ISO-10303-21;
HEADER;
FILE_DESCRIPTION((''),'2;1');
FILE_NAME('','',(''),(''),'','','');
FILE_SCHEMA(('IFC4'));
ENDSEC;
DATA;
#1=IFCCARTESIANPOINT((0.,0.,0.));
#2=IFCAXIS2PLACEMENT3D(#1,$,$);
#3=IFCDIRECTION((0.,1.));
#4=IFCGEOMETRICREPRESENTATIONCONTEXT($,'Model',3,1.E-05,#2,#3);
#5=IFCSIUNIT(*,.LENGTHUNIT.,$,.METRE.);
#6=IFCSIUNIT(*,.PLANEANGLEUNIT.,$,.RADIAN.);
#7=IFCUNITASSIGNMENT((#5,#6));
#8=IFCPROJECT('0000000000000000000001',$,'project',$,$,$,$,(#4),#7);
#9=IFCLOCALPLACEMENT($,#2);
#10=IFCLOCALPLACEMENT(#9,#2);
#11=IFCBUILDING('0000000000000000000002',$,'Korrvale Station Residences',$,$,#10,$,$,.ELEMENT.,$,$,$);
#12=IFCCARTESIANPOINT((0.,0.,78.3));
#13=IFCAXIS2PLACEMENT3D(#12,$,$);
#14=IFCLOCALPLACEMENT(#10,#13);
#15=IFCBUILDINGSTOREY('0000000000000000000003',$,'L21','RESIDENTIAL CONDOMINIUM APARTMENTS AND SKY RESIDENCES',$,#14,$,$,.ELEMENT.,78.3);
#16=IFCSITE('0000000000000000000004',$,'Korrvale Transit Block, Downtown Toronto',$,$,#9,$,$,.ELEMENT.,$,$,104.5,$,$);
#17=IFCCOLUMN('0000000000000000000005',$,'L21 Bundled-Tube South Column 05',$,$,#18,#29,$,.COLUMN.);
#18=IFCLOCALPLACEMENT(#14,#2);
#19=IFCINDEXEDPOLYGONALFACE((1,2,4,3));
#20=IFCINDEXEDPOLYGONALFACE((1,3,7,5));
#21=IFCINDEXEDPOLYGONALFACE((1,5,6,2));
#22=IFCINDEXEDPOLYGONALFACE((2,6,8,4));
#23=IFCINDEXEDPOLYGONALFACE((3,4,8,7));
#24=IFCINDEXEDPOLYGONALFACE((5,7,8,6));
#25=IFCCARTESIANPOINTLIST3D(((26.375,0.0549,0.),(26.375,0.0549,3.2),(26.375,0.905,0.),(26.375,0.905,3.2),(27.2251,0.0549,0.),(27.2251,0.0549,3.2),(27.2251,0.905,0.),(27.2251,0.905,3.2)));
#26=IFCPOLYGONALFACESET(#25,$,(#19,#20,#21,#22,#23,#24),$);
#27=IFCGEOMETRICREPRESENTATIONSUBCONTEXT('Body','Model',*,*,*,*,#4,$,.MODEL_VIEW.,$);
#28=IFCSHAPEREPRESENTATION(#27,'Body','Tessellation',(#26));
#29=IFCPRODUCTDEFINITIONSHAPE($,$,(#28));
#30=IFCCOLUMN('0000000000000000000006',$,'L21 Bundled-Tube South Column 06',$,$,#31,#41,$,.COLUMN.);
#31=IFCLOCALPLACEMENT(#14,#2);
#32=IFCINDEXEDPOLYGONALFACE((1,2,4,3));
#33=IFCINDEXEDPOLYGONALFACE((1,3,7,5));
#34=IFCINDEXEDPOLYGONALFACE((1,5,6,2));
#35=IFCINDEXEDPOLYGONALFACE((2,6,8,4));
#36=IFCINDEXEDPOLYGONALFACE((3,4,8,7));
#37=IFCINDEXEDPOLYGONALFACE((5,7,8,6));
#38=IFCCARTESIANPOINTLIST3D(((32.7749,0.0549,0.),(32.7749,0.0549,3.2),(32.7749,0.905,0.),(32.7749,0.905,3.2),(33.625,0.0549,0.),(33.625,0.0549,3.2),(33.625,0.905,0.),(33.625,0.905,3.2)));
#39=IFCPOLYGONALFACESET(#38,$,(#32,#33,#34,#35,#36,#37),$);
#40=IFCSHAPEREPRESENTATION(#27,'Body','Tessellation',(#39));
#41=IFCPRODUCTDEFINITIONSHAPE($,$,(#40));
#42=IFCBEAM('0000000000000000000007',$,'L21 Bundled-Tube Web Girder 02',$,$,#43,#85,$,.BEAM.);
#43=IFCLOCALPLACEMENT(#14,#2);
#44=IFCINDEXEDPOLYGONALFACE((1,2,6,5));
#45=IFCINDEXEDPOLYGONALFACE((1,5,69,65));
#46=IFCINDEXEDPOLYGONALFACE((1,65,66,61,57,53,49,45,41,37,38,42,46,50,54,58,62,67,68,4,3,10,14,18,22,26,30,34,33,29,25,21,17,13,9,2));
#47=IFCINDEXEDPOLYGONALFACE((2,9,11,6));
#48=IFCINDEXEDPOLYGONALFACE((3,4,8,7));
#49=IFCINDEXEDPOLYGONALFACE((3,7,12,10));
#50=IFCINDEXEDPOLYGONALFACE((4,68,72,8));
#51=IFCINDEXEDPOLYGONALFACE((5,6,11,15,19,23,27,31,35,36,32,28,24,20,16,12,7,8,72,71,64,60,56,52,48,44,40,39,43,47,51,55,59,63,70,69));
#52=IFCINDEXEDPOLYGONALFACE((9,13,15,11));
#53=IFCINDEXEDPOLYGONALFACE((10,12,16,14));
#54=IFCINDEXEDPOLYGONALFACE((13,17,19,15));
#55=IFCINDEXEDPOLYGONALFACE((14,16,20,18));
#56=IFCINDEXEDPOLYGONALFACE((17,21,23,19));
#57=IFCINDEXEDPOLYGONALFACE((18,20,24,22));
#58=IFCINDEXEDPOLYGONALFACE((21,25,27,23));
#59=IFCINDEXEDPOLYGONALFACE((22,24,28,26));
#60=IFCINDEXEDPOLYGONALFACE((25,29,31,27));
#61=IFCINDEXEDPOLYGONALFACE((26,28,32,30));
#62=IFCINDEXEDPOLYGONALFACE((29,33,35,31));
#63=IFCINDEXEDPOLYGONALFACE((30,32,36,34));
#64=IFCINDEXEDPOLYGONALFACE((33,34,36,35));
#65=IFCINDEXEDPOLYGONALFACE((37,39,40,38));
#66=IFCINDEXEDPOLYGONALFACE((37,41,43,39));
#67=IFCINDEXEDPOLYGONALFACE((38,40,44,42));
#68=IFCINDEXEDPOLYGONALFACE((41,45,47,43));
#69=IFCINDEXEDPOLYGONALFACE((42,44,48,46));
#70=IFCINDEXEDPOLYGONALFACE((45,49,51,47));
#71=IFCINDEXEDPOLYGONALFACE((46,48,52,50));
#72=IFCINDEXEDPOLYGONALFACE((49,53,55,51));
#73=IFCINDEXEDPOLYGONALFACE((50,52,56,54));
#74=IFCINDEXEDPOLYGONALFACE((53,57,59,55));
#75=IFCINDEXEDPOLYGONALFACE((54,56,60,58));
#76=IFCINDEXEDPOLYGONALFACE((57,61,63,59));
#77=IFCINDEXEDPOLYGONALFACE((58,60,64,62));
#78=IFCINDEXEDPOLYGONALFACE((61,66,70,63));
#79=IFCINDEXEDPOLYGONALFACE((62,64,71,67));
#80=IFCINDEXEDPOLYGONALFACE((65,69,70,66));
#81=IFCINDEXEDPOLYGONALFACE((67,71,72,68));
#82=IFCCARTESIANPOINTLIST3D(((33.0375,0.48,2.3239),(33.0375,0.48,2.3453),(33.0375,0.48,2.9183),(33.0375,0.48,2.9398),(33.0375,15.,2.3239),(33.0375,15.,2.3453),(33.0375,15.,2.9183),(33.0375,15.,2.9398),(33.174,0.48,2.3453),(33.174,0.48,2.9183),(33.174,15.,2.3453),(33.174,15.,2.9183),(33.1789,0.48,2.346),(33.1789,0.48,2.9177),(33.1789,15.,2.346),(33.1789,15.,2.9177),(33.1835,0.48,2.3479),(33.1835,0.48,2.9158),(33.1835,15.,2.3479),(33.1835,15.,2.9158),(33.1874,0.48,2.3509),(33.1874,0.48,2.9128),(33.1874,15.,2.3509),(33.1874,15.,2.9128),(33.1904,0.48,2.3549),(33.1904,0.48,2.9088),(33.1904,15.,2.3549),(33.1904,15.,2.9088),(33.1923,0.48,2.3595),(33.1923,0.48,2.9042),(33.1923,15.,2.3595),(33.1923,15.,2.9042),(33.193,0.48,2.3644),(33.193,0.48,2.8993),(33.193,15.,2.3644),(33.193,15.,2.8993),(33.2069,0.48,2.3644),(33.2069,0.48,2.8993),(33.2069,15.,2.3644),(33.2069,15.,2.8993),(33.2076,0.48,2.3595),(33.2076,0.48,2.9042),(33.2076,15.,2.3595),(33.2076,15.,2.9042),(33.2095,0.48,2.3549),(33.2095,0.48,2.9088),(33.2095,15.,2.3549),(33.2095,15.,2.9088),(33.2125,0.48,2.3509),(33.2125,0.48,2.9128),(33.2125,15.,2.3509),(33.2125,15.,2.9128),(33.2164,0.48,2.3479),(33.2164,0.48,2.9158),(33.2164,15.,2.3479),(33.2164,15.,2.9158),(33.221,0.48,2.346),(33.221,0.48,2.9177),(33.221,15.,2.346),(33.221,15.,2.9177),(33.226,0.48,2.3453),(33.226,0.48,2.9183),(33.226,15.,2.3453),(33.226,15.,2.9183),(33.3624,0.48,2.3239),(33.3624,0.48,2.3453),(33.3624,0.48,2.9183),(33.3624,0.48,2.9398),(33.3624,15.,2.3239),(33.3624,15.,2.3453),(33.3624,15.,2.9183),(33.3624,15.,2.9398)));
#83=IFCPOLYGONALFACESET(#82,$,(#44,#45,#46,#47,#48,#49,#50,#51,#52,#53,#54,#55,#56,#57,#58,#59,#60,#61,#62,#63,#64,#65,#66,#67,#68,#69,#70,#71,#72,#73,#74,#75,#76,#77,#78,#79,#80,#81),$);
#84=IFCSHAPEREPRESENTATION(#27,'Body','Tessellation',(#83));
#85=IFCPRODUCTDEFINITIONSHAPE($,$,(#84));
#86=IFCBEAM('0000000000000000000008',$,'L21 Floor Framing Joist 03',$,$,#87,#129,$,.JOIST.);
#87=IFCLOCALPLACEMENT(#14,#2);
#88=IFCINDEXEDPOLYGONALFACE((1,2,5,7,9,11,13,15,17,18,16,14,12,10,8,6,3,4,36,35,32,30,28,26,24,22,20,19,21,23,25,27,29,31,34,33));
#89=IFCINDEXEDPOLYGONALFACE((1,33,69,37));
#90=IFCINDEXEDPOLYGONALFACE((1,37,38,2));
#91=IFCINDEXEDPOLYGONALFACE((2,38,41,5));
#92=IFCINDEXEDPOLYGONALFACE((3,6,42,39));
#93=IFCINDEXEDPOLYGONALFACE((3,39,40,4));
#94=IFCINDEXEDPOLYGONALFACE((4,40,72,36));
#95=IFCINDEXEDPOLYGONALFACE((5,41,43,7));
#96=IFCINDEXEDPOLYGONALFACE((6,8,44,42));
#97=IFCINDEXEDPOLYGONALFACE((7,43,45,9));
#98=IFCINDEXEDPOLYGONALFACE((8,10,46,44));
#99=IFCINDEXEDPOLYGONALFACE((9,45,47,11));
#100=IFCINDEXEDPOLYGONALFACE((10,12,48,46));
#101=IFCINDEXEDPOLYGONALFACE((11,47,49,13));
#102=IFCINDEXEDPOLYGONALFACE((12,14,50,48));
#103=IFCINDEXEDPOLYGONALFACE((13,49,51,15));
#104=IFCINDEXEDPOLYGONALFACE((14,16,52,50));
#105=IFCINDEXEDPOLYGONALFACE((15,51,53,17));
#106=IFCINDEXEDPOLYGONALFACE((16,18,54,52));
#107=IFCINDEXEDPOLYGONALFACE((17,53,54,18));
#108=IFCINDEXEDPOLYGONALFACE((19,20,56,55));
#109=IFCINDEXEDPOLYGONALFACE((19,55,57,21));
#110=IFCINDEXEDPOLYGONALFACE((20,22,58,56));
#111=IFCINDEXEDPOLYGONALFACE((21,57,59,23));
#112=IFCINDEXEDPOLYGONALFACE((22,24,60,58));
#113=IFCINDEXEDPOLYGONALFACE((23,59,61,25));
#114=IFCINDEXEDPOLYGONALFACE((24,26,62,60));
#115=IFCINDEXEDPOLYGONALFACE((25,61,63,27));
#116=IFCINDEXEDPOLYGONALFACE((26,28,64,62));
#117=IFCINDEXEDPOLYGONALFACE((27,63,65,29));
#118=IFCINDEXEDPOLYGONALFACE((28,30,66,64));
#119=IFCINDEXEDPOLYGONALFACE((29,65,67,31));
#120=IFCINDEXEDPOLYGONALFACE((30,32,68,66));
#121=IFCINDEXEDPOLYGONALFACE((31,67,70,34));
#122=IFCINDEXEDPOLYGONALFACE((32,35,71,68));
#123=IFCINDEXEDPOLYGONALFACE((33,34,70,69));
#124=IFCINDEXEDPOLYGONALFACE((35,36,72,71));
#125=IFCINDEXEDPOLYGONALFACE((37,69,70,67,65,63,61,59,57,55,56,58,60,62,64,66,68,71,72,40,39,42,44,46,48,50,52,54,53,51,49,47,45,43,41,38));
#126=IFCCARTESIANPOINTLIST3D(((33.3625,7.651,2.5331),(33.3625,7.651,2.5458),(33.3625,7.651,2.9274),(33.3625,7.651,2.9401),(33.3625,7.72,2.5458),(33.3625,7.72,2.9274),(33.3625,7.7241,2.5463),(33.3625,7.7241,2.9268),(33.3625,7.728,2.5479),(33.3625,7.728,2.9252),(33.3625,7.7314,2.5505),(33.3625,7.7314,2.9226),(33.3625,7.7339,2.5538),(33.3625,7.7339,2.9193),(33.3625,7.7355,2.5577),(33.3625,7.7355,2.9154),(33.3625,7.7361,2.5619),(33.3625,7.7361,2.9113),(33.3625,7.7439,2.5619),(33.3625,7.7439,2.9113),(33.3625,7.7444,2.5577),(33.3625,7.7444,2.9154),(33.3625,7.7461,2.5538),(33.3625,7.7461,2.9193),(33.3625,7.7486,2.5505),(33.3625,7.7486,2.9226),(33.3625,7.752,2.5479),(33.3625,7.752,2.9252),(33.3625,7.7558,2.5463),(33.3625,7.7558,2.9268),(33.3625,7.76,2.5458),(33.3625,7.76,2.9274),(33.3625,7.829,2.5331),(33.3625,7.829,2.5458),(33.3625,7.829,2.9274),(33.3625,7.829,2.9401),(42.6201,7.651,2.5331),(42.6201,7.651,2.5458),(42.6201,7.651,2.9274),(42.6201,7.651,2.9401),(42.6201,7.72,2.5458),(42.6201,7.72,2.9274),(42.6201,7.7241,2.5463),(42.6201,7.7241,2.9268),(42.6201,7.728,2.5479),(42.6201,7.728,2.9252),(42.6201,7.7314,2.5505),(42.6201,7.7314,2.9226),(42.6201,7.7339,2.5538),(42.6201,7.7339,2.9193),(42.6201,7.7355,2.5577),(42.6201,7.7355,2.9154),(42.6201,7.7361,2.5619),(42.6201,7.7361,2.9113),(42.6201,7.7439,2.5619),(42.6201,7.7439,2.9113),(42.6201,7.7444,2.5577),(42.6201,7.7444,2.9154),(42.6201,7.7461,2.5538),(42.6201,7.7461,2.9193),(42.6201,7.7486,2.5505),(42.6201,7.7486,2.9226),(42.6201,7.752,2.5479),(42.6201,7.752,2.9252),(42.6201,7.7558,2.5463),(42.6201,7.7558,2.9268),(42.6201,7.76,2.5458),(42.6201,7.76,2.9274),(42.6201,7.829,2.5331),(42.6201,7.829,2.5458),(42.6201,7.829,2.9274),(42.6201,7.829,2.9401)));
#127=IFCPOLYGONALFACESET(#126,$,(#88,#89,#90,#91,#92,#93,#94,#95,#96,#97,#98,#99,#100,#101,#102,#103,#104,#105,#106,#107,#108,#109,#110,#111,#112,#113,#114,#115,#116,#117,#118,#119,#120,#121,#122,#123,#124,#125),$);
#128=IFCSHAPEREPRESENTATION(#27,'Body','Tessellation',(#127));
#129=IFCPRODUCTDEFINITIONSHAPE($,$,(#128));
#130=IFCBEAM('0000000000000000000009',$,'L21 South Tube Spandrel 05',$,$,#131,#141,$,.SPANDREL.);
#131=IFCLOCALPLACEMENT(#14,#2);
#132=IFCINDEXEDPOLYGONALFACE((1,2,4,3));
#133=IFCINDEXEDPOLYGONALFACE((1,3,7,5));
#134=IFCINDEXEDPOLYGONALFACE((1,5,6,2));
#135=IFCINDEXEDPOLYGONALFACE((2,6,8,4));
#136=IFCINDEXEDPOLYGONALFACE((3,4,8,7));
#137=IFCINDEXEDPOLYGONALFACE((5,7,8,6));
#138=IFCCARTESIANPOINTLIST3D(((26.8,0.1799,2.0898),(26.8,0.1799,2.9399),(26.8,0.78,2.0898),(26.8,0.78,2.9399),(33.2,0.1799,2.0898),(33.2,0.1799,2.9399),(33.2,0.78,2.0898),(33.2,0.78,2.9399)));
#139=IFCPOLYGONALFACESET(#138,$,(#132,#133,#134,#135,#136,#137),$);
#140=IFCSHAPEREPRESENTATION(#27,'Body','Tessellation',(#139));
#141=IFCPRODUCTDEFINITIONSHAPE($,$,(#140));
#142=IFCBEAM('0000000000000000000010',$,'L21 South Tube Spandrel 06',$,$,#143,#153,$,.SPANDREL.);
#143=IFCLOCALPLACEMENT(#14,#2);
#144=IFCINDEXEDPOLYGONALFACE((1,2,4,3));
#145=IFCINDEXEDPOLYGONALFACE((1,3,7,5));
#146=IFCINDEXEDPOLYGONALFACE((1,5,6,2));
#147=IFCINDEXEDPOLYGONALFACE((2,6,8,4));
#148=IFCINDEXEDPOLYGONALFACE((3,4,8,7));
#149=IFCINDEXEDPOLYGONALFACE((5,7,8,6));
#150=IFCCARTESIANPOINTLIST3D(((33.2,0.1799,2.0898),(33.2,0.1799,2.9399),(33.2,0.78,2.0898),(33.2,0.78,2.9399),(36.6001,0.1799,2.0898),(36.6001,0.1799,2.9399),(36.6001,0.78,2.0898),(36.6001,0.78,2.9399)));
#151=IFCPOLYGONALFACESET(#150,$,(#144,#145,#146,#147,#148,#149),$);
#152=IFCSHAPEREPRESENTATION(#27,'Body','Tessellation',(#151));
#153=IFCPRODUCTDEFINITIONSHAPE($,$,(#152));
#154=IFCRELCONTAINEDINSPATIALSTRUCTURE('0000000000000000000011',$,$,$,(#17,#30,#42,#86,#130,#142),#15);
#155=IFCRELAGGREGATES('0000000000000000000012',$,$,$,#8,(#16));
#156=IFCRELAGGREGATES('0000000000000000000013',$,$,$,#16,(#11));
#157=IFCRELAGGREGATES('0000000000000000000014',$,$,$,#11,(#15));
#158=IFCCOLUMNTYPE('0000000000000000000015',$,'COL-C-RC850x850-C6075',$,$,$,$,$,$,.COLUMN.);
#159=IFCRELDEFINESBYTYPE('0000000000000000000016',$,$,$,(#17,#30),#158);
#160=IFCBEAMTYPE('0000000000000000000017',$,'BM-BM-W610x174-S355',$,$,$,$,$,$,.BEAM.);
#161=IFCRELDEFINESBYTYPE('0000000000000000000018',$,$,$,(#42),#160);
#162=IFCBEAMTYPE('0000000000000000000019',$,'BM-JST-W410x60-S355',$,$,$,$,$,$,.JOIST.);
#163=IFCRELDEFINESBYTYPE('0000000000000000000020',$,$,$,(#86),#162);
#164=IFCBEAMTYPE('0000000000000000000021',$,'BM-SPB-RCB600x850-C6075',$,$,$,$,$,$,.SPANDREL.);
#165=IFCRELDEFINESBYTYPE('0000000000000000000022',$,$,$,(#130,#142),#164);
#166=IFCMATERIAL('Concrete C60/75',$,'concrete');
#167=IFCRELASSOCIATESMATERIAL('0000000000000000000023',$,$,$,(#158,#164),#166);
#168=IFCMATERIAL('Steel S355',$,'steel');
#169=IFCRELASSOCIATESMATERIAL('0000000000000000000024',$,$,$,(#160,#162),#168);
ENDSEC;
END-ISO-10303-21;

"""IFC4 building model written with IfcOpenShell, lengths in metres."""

from ifc_helpers import new_model, si_unit, direction, frame, origin, origin_2d, place, context, subcontext, project, spatial, rectangle, i_section, extrude, material, material_profile, profile_set, type_object, element, save


model = new_model("IFC4")

# Units and contexts
model_context = context("Model", 3, precision=1e-05, world=origin(), true_north=direction((0.0, 1.0)))
body_context = subcontext(model_context, "Body", "Model", "MODEL_VIEW")
ifc_project = project(units=[si_unit("LENGTHUNIT", "METRE"), si_unit("PLANEANGLEUNIT", "RADIAN")], contexts=[model_context])

# Site, building, storey
site_placement = place(None, origin())
site = spatial("IfcSite", under=ifc_project, at=site_placement, Name="Korrvale Transit Block, Downtown Toronto", CompositionType="ELEMENT", RefElevation=104.5)
building_placement = place(site_placement, origin())
building = spatial("IfcBuilding", under=site, at=building_placement, Name="Korrvale Station Residences", CompositionType="ELEMENT")
storey_placement = place(building_placement, frame((0.0, 0.0, 78.3)))
storey = spatial("IfcBuildingStorey", under=building, at=storey_placement, Name="L21", Description="RESIDENTIAL CONDOMINIUM APARTMENTS AND SKY RESIDENCES", CompositionType="ELEMENT", Elevation=78.3)

# Columns
ifc_material_1 = material(Name="Concrete C60/75", Category="concrete")
ifc_material_profile_1 = material_profile(ifc_material_1, rectangle(XDim=0.8501, YDim=0.8501, at=origin_2d()), Name="RC850x850")
ifc_profile_set_1 = profile_set([ifc_material_profile_1], Name="Concrete C60/75")
column_type = type_object("IfcColumnType", Name="COL-C-RC850x850-C6075", PredefinedType="COLUMN", material=ifc_profile_set_1)
for number, where, z_axis, x_axis, name in (
    (1, (26.8, 0.48, 0.0), (0.0, 0.0, 1.0), (1.0, 0.0, 0.0), "L21 Bundled-Tube South Column 05"),
    (2, (33.2, 0.48, 0.0), (0.0, 0.0, 1.0), (1.0, 0.0, 0.0), "L21 Bundled-Tube South Column 06"),
):
    element("IfcColumn", number, at=place(storey_placement, frame(where, z_axis=z_axis, x_axis=x_axis)), inside=storey, type_object=column_type, Name=name, PredefinedType="COLUMN", context=body_context, shape_type="SweptSolid", body=[
        extrude(rectangle(XDim=0.8501, YDim=0.8501, at=origin_2d()), origin(), (0.0, 0.0, 1.0), 3.2),
    ])

# Beams
ifc_material_2 = material(Name="Steel S355", Category="steel")
ifc_material_profile_2 = material_profile(ifc_material_2, i_section(OverallWidth=0.325, OverallDepth=0.616, WebThickness=0.0139, FlangeThickness=0.0215, FilletRadius=0.019, at=origin_2d()), Name="W610x174")
ifc_profile_set_2 = profile_set([ifc_material_profile_2], Name="Steel S355")
beam_type_1 = type_object("IfcBeamType", Name="BM-BM-W610x174-S355", PredefinedType="BEAM", material=ifc_profile_set_2)
beam_1_placement = place(storey_placement, frame((33.2, 0.48, 2.6318), z_axis=(0.0, 1.0, 0.0), x_axis=(-1.0, 0.0, 0.0)))
element("IfcBeam", 3, at=beam_1_placement, inside=storey, type_object=beam_type_1, Name="L21 Bundled-Tube Web Girder 02", PredefinedType="BEAM", context=body_context, shape_type="SweptSolid", body=[
    extrude(i_section(OverallWidth=0.325, OverallDepth=0.616, WebThickness=0.0139, FlangeThickness=0.0215, FilletRadius=0.019, at=origin_2d()), origin(), (0.0, 0.0, 1.0), 14.52),
])
ifc_material_profile_3 = material_profile(ifc_material_2, i_section(OverallWidth=0.178, OverallDepth=0.407, WebThickness=0.0078, FlangeThickness=0.0127, FilletRadius=0.0161, at=origin_2d()), Name="W410x60")
ifc_profile_set_3 = profile_set([ifc_material_profile_3], Name="Steel S355")
beam_type_2 = type_object("IfcBeamType", Name="BM-JST-W410x60-S355", PredefinedType="JOIST", material=ifc_profile_set_3)
beam_2_placement = place(storey_placement, frame((33.3625, 7.74, 2.7366), z_axis=(1.0, 0.0, 0.0), x_axis=(0.0, 1.0, 0.0)))
element("IfcBeam", 4, at=beam_2_placement, inside=storey, type_object=beam_type_2, Name="L21 Floor Framing Joist 03", PredefinedType="JOIST", context=body_context, shape_type="SweptSolid", body=[
    extrude(i_section(OverallWidth=0.178, OverallDepth=0.407, WebThickness=0.0078, FlangeThickness=0.0127, FilletRadius=0.0161, at=origin_2d()), origin(), (0.0, 0.0, 1.0), 9.2576),
])
ifc_material_profile_4 = material_profile(ifc_material_1, rectangle(XDim=0.6001, YDim=0.8501, at=origin_2d()), Name="RCB600x850")
ifc_profile_set_4 = profile_set([ifc_material_profile_4], Name="Concrete C60/75")
beam_type_3 = type_object("IfcBeamType", Name="BM-SPB-RCB600x850-C6075", PredefinedType="SPANDREL", material=ifc_profile_set_4)
beam_3_placement = place(storey_placement, frame((26.8, 0.48, 2.5149), z_axis=(1.0, 0.0, 0.0), x_axis=(0.0, 1.0, 0.0)))
element("IfcBeam", 5, at=beam_3_placement, inside=storey, type_object=beam_type_3, Name="L21 South Tube Spandrel 05", PredefinedType="SPANDREL", context=body_context, shape_type="SweptSolid", body=[
    extrude(rectangle(XDim=0.6001, YDim=0.8501, at=origin_2d()), origin(), (0.0, 0.0, 1.0), 6.3999),
])
beam_4_placement = place(storey_placement, frame((33.2, 0.48, 2.5149), z_axis=(1.0, 0.0, 0.0), x_axis=(0.0, 1.0, 0.0)))
element("IfcBeam", 6, at=beam_4_placement, inside=storey, type_object=beam_type_3, Name="L21 South Tube Spandrel 06", PredefinedType="SPANDREL", context=body_context, shape_type="SweptSolid", body=[
    extrude(rectangle(XDim=0.6001, YDim=0.8501, at=origin_2d()), origin(), (0.0, 0.0, 1.0), 3.4001),
])

save(model, "model.ifc")
